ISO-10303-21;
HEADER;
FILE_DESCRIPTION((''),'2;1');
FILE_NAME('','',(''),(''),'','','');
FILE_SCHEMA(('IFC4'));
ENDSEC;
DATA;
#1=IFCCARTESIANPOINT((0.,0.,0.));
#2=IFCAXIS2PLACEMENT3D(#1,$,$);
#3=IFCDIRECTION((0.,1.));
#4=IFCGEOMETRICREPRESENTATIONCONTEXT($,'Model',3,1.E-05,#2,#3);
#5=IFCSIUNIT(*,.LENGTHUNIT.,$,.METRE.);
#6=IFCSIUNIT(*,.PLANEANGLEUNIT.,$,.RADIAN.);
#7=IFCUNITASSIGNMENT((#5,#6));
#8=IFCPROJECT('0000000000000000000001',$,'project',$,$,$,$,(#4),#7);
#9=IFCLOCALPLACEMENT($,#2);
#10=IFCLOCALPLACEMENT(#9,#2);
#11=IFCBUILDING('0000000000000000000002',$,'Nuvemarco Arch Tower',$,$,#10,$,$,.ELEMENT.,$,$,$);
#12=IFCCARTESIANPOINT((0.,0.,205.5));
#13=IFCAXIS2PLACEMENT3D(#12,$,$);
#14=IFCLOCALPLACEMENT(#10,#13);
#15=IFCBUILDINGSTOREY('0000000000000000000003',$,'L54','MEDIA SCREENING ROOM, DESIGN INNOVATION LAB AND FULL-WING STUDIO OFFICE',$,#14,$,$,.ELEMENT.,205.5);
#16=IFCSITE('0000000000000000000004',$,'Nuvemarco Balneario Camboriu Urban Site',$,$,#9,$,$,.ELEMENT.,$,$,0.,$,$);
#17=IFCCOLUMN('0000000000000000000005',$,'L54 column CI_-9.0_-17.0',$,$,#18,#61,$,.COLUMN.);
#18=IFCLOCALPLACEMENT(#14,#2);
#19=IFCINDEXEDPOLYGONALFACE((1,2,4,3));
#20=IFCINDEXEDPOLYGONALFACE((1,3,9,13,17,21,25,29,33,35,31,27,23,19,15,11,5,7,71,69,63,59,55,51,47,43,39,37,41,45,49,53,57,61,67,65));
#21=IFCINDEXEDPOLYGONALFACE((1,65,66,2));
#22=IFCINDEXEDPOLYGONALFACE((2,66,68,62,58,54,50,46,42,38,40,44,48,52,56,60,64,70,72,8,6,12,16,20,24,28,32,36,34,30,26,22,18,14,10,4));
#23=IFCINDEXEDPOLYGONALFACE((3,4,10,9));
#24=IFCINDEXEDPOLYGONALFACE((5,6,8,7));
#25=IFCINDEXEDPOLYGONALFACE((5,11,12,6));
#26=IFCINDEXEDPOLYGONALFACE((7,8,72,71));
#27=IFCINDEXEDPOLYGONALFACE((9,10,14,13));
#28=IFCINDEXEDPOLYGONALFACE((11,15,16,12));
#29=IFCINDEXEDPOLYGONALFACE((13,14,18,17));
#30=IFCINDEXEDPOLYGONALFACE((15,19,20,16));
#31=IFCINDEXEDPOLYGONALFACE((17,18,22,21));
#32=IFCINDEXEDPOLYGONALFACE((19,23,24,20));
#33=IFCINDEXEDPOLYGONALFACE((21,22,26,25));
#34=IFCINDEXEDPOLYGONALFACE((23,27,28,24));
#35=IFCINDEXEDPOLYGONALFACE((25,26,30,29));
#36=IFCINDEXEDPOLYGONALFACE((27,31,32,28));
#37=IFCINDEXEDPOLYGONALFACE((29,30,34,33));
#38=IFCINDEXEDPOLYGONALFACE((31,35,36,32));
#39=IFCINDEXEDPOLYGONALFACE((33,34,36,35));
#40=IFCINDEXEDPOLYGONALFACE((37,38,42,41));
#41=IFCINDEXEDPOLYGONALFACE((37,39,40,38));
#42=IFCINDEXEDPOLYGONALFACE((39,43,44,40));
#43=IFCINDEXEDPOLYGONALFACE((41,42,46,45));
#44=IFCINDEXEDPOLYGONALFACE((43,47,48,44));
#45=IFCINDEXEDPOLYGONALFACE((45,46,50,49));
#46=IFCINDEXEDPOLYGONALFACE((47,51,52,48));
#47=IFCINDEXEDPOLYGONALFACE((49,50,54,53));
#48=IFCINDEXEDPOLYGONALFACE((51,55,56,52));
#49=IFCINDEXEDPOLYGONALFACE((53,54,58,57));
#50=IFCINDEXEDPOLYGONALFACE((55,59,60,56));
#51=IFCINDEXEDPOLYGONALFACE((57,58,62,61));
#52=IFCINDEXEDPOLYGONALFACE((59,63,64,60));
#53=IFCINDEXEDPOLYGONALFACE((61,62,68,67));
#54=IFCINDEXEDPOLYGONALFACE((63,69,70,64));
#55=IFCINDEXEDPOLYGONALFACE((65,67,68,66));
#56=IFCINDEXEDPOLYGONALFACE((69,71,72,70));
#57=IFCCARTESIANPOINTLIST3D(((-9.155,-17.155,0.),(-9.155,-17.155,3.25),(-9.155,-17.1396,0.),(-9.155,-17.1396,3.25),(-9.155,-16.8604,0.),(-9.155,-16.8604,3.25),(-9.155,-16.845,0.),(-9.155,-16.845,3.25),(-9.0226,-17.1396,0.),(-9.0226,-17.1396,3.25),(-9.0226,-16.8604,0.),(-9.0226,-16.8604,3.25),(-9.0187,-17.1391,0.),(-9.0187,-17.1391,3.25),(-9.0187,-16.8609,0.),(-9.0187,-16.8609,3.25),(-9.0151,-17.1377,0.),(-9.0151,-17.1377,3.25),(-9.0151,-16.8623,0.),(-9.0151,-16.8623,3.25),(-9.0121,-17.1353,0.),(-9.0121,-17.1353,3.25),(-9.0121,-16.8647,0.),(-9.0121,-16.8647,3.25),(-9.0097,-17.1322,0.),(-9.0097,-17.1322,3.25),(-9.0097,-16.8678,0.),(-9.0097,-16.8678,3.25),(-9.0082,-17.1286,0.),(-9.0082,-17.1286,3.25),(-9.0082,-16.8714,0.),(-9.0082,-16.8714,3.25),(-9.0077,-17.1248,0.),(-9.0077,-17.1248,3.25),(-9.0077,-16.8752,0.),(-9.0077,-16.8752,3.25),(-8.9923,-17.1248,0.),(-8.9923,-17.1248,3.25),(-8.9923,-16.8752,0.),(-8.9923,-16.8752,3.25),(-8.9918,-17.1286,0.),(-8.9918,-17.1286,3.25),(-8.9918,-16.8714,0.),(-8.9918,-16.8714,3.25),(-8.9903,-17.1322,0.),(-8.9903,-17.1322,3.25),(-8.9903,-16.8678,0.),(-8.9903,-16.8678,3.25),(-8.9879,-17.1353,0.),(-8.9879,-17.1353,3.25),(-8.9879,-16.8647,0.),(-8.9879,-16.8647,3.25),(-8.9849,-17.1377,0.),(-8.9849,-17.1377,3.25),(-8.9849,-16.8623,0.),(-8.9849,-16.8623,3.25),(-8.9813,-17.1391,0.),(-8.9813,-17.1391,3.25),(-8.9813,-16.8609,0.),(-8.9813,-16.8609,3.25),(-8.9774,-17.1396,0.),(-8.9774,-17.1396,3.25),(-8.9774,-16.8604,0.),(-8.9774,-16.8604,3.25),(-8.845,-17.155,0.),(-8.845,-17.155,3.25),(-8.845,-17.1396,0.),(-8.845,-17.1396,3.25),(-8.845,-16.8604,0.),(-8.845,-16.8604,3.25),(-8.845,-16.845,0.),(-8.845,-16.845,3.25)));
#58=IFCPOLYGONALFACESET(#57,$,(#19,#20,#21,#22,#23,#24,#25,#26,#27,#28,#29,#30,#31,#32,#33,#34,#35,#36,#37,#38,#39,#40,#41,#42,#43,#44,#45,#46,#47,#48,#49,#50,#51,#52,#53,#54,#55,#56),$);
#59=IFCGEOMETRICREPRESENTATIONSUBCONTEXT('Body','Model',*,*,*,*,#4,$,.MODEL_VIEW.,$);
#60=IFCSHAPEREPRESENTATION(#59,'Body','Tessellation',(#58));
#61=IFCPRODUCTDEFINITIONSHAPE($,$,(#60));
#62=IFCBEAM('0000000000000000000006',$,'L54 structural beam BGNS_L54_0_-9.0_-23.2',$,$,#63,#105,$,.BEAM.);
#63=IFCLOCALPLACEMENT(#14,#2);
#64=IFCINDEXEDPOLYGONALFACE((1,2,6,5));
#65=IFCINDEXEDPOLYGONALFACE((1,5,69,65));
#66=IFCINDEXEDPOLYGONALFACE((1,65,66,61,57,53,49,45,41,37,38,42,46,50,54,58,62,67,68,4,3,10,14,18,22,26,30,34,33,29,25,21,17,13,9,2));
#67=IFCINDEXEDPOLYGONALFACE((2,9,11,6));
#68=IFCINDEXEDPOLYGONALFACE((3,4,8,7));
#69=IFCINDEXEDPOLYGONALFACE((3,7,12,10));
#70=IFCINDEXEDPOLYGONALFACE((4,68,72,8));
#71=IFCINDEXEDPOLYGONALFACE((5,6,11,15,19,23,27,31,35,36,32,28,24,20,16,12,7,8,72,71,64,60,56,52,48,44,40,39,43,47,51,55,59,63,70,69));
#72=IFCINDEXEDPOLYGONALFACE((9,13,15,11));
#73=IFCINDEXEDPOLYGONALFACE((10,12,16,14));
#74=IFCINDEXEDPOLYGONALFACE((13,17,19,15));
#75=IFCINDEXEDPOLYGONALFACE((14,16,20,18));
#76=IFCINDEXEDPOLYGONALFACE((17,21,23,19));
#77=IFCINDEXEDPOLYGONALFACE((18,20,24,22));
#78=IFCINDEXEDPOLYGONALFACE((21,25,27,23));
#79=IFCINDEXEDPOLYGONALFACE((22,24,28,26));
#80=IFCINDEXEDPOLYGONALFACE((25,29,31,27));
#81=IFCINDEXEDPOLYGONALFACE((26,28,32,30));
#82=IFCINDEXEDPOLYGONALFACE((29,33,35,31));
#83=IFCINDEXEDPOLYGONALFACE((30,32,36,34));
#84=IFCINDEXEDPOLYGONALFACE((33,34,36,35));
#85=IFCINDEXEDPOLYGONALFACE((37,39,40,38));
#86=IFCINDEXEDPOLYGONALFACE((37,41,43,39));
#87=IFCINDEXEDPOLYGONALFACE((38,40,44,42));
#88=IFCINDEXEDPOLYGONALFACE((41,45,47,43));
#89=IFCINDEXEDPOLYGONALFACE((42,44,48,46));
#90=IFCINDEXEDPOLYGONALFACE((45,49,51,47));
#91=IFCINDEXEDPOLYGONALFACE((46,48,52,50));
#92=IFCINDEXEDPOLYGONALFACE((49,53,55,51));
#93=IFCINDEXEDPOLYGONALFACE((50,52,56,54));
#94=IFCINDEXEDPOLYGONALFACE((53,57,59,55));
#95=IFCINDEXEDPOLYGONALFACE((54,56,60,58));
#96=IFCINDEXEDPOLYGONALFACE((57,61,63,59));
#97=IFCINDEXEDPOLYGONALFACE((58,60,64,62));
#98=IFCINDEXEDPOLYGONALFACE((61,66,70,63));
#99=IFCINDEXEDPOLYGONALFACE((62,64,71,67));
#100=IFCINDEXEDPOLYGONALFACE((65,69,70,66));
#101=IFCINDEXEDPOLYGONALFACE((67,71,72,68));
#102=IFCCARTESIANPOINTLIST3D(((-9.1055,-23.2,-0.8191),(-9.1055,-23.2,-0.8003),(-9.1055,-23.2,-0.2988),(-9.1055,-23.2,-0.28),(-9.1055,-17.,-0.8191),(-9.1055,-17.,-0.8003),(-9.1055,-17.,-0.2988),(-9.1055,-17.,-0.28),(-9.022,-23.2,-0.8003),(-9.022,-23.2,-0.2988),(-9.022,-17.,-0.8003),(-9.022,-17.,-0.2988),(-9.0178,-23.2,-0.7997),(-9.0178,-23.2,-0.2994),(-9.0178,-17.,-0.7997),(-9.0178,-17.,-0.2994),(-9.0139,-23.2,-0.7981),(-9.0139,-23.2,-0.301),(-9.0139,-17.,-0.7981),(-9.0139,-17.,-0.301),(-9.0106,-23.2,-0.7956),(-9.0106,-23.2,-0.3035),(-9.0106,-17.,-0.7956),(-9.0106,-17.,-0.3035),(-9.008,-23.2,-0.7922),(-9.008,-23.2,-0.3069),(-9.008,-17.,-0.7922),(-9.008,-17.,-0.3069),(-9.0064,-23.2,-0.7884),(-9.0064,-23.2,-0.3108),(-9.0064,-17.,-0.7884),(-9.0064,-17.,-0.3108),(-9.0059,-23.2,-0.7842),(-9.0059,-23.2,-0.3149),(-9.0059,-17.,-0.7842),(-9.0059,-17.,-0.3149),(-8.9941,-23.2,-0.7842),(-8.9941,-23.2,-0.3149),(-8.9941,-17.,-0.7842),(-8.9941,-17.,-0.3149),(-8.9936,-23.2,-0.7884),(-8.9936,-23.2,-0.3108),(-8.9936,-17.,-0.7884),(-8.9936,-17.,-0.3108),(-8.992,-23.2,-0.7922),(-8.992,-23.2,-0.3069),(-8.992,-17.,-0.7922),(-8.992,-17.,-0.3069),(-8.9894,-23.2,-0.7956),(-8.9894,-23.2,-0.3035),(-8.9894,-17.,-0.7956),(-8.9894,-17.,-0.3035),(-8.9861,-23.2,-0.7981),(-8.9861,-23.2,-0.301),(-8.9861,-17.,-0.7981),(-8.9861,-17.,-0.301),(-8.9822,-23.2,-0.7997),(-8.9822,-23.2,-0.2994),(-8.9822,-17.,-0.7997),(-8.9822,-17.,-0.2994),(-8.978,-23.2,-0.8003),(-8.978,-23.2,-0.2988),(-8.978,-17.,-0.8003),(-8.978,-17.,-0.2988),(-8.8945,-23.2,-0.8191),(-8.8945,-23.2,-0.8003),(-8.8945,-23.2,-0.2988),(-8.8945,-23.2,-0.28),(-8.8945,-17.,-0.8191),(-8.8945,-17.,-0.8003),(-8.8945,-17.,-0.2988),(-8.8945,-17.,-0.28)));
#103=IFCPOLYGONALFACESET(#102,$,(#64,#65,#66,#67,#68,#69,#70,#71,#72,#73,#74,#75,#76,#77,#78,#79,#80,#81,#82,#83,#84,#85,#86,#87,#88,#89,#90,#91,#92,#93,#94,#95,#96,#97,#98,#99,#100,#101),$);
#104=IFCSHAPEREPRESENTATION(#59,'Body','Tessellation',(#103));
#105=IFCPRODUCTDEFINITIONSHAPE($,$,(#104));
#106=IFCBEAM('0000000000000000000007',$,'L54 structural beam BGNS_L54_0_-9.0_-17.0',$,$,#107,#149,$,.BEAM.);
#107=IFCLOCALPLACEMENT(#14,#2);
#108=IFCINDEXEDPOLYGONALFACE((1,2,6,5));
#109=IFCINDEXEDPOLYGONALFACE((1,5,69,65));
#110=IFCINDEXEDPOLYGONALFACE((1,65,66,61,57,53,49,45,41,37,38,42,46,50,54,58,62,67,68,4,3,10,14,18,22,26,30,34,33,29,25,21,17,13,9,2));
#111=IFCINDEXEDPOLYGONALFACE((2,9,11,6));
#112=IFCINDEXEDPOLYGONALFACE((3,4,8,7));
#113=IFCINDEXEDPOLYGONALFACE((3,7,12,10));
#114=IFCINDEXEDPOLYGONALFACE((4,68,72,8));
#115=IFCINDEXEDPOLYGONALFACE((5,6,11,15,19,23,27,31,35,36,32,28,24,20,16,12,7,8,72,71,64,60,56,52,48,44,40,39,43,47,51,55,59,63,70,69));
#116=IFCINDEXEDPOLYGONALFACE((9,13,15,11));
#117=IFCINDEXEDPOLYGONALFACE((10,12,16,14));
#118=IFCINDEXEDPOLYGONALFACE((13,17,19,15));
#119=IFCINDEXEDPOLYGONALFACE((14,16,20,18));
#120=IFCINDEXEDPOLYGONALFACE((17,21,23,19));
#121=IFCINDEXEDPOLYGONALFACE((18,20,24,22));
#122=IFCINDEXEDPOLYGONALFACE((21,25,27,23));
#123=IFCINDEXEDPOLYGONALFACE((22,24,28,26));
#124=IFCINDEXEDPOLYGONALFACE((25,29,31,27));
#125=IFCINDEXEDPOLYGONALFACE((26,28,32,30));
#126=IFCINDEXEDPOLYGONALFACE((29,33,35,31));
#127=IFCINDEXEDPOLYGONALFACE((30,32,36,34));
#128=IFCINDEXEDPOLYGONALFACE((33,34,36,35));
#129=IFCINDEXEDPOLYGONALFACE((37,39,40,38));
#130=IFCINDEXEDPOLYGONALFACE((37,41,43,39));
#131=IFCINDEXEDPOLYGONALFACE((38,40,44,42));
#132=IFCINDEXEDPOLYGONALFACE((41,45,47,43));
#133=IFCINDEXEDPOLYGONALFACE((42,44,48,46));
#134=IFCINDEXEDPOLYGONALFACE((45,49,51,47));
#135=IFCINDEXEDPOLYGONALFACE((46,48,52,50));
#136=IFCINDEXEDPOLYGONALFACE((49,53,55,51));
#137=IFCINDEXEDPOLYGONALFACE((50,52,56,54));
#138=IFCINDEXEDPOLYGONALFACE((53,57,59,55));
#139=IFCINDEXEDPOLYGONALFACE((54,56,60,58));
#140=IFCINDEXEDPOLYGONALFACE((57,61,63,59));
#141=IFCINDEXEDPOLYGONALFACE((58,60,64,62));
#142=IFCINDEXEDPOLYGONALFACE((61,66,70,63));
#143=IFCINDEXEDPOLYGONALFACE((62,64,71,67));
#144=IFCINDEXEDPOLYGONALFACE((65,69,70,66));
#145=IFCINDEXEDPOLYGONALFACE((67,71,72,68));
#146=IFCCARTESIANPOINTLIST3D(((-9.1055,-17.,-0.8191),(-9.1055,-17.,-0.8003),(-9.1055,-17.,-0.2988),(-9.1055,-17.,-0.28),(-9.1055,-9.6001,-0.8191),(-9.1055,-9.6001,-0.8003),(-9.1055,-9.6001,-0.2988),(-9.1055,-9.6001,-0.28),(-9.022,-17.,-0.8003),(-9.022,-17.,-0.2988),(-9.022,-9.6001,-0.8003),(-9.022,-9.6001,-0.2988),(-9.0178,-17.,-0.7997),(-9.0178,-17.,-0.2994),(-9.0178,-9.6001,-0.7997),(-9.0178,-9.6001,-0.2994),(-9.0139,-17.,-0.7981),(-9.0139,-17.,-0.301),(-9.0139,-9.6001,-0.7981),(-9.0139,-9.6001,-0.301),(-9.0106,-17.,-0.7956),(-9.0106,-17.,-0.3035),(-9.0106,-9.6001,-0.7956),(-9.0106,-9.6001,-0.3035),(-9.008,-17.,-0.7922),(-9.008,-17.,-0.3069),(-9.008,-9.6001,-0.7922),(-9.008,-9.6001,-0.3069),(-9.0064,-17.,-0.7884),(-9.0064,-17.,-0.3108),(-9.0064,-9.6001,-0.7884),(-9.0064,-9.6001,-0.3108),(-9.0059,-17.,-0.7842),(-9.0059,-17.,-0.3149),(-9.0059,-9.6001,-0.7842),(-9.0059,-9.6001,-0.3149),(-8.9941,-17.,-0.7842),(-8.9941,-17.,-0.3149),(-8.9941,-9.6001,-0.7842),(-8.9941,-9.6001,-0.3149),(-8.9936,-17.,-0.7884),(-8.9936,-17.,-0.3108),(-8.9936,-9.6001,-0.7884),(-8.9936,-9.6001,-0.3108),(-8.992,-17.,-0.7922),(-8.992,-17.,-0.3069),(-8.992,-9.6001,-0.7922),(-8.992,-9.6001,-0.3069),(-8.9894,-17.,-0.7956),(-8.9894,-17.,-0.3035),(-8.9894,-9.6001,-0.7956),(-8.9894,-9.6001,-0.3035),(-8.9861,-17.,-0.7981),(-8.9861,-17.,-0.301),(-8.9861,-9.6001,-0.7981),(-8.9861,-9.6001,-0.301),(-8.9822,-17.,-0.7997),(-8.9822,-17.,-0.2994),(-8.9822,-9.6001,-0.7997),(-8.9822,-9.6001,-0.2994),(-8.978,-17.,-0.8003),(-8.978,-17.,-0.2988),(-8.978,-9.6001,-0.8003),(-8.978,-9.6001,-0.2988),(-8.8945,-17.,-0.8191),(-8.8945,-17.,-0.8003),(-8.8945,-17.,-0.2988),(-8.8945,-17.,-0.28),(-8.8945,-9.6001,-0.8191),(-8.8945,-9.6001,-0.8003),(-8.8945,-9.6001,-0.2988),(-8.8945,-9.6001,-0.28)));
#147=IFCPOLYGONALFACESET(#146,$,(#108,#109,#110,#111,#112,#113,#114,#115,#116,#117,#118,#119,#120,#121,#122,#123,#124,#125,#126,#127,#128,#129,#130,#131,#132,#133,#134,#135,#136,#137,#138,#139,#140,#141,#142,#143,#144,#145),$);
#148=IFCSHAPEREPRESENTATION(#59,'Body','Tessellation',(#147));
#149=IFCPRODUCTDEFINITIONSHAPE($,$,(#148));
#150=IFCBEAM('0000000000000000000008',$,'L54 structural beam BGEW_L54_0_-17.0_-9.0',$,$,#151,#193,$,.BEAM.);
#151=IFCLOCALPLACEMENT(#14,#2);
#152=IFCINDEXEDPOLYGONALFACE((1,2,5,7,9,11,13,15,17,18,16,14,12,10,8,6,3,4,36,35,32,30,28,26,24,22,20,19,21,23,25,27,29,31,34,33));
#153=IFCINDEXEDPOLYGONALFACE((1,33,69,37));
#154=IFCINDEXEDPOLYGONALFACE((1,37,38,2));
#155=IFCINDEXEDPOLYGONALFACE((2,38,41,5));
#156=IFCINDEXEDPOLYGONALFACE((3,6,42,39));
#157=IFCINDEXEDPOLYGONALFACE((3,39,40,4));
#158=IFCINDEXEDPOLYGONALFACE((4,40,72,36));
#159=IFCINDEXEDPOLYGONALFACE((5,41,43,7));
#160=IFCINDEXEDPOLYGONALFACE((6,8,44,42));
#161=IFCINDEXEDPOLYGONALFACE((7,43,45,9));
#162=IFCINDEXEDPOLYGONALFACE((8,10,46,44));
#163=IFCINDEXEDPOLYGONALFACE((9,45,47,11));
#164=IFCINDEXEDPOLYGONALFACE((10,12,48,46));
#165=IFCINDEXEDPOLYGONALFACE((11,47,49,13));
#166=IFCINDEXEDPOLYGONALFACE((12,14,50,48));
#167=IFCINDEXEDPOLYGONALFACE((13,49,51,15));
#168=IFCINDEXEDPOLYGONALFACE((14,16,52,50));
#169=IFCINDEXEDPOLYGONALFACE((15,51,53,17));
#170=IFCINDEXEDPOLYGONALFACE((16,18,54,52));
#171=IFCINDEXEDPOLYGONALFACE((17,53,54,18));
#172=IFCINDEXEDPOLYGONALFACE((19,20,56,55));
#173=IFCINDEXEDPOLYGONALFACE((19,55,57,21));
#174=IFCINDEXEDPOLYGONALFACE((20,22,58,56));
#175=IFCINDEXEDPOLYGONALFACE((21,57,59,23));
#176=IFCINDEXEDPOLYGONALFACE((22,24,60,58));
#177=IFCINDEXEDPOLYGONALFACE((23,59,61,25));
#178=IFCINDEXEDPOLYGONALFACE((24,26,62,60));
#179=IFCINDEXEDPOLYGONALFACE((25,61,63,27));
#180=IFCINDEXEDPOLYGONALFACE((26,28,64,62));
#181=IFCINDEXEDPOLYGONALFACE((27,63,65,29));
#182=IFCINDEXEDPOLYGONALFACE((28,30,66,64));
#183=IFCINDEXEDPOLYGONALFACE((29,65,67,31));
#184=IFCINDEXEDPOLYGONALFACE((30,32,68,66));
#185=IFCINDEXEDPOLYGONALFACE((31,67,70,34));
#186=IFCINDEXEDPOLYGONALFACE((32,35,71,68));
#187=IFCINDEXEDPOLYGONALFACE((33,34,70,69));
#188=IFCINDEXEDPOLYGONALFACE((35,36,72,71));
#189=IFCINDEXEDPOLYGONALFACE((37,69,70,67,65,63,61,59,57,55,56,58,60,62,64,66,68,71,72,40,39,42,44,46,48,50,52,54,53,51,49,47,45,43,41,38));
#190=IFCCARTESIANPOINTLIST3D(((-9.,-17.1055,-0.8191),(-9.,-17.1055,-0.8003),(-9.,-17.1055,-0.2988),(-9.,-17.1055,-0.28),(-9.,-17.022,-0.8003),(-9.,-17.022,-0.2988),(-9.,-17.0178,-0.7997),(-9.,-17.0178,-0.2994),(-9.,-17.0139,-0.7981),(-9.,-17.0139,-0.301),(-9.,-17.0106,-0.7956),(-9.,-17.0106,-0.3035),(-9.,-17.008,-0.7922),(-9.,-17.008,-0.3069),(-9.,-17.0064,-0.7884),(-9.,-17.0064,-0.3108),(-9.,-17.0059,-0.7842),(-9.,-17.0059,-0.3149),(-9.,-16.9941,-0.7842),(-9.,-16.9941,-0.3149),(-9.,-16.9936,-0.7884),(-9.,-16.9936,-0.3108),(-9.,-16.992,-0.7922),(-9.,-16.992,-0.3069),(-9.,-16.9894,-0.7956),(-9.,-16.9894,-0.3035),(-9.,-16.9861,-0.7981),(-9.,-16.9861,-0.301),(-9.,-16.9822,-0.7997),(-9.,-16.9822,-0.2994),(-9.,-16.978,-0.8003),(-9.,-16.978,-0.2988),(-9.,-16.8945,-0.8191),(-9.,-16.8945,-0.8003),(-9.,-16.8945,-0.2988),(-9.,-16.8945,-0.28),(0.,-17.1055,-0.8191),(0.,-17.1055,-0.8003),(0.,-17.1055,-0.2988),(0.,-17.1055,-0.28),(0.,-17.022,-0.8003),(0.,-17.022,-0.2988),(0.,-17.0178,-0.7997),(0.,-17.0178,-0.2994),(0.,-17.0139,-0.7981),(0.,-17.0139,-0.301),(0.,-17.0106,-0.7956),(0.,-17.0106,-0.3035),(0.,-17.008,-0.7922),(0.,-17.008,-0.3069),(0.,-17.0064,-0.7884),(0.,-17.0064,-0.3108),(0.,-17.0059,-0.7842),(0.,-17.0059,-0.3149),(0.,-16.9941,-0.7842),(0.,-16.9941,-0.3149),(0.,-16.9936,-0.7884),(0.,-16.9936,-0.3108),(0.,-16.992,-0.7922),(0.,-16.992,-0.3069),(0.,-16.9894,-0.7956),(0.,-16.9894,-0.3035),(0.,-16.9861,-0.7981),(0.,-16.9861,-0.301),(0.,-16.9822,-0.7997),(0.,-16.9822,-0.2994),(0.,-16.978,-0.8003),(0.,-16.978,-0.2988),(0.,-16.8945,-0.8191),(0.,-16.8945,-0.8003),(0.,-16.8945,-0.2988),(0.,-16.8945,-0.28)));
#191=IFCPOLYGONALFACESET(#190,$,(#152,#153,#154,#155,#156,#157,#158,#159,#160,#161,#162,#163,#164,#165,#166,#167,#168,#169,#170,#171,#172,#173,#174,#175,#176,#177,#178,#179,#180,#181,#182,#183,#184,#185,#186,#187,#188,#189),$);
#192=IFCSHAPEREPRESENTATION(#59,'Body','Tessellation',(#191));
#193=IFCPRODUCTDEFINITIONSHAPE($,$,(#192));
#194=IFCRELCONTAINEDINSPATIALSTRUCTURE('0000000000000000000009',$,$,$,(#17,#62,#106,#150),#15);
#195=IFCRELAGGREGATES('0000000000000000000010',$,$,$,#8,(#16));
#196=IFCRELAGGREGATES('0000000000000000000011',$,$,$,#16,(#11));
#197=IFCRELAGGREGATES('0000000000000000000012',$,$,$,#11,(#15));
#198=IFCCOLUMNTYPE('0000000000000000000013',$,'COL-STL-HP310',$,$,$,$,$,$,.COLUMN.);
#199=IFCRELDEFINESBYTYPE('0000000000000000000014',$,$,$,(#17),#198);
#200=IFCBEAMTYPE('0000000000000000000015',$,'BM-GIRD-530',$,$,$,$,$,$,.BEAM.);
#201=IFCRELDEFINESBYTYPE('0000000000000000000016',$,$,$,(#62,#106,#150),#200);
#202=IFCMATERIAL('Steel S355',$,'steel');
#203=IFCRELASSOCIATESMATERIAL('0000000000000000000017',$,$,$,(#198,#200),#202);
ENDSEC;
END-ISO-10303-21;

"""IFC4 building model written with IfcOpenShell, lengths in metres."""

from ifc_helpers import new_model, si_unit, direction, frame, origin, origin_2d, place, context, subcontext, project, spatial, i_section, extrude, material, material_profile, profile_set, type_object, element, save


model = new_model("IFC4")

# Units and contexts
model_context = context("Model", 3, precision=1e-05, world=origin(), true_north=direction((0.0, 1.0)))
body_context = subcontext(model_context, "Body", "Model", "MODEL_VIEW")
ifc_project = project(units=[si_unit("LENGTHUNIT", "METRE"), si_unit("PLANEANGLEUNIT", "RADIAN")], contexts=[model_context])

# Site, building, storey
site_placement = place(None, origin())
site = spatial("IfcSite", under=ifc_project, at=site_placement, Name="Nuvemarco Balneario Camboriu Urban Site", CompositionType="ELEMENT", RefElevation=0.0)
building_placement = place(site_placement, origin())
building = spatial("IfcBuilding", under=site, at=building_placement, Name="Nuvemarco Arch Tower", CompositionType="ELEMENT")
storey_placement = place(building_placement, frame((0.0, 0.0, 205.5)))
storey = spatial("IfcBuildingStorey", under=building, at=storey_placement, Name="L54", Description="MEDIA SCREENING ROOM, DESIGN INNOVATION LAB AND FULL-WING STUDIO OFFICE", CompositionType="ELEMENT", Elevation=205.5)

# Column
ifc_material_1 = material(Name="Steel S355", Category="steel")
ifc_material_profile_1 = material_profile(ifc_material_1, i_section(OverallWidth=0.3101, OverallDepth=0.3101, WebThickness=0.0154, FlangeThickness=0.0154, FilletRadius=0.0149, at=origin_2d()), Name="HP310x110")
ifc_profile_set_1 = profile_set([ifc_material_profile_1], Name="Steel S355")
column_type_1 = type_object("IfcColumnType", Name="COL-STL-HP310", PredefinedType="COLUMN", material=ifc_profile_set_1)
for number, where, z_axis, x_axis, name in (
    (1, (-9.0, -17.0, 0.0), (0.0, 0.0, 1.0), (1.0, 0.0, 0.0), "L54 column CI_-9.0_-17.0"),
):
    element("IfcColumn", number, at=place(storey_placement, frame(where, z_axis=z_axis, x_axis=x_axis)), inside=storey, type_object=column_type_1, Name=name, PredefinedType="COLUMN", context=body_context, shape_type="SweptSolid", body=[
        extrude(i_section(OverallWidth=0.3101, OverallDepth=0.3101, WebThickness=0.0154, FlangeThickness=0.0154, FilletRadius=0.0149, at=origin_2d()), origin(), (0.0, 0.0, 1.0), 3.25),
    ])

# Beams
ifc_material_profile_2 = material_profile(ifc_material_1, i_section(OverallWidth=0.2109, OverallDepth=0.5391, WebThickness=0.0117, FlangeThickness=0.0188, FilletRadius=0.0161, at=origin_2d()), Name="W530x109")
ifc_profile_set_2 = profile_set([ifc_material_profile_2], Name="Steel S355")
beam_type_1 = type_object("IfcBeamType", Name="BM-GIRD-530", PredefinedType="BEAM", material=ifc_profile_set_2)
beam_1_placement = place(storey_placement, frame((-9.0, -23.2, -0.5496), z_axis=(0.0, 1.0, 0.0), x_axis=(-1.0, 0.0, 0.0)))
element("IfcBeam", 2, at=beam_1_placement, inside=storey, type_object=beam_type_1, Name="L54 structural beam BGNS_L54_0_-9.0_-23.2", PredefinedType="BEAM", context=body_context, shape_type="SweptSolid", body=[
    extrude(i_section(OverallWidth=0.2109, OverallDepth=0.5391, WebThickness=0.0117, FlangeThickness=0.0188, FilletRadius=0.0161, at=origin_2d()), origin(), (0.0, 0.0, 1.0), 6.2),
])
beam_2_placement = place(storey_placement, frame((-9.0, -17.0, -0.5496), z_axis=(0.0, 1.0, 0.0), x_axis=(-1.0, 0.0, 0.0)))
element("IfcBeam", 3, at=beam_2_placement, inside=storey, type_object=beam_type_1, Name="L54 structural beam BGNS_L54_0_-9.0_-17.0", PredefinedType="BEAM", context=body_context, shape_type="SweptSolid", body=[
    extrude(i_section(OverallWidth=0.2109, OverallDepth=0.5391, WebThickness=0.0117, FlangeThickness=0.0188, FilletRadius=0.0161, at=origin_2d()), origin(), (0.0, 0.0, 1.0), 7.3999),
])
beam_3_placement = place(storey_placement, frame((-9.0, -17.0, -0.5496), z_axis=(1.0, 0.0, 0.0), x_axis=(0.0, 1.0, 0.0)))
element("IfcBeam", 4, at=beam_3_placement, inside=storey, type_object=beam_type_1, Name="L54 structural beam BGEW_L54_0_-17.0_-9.0", PredefinedType="BEAM", context=body_context, shape_type="SweptSolid", body=[
    extrude(i_section(OverallWidth=0.2109, OverallDepth=0.5391, WebThickness=0.0117, FlangeThickness=0.0188, FilletRadius=0.0161, at=origin_2d()), origin(), (0.0, 0.0, 1.0), 9.0),
])

save(model, "model.ifc")
